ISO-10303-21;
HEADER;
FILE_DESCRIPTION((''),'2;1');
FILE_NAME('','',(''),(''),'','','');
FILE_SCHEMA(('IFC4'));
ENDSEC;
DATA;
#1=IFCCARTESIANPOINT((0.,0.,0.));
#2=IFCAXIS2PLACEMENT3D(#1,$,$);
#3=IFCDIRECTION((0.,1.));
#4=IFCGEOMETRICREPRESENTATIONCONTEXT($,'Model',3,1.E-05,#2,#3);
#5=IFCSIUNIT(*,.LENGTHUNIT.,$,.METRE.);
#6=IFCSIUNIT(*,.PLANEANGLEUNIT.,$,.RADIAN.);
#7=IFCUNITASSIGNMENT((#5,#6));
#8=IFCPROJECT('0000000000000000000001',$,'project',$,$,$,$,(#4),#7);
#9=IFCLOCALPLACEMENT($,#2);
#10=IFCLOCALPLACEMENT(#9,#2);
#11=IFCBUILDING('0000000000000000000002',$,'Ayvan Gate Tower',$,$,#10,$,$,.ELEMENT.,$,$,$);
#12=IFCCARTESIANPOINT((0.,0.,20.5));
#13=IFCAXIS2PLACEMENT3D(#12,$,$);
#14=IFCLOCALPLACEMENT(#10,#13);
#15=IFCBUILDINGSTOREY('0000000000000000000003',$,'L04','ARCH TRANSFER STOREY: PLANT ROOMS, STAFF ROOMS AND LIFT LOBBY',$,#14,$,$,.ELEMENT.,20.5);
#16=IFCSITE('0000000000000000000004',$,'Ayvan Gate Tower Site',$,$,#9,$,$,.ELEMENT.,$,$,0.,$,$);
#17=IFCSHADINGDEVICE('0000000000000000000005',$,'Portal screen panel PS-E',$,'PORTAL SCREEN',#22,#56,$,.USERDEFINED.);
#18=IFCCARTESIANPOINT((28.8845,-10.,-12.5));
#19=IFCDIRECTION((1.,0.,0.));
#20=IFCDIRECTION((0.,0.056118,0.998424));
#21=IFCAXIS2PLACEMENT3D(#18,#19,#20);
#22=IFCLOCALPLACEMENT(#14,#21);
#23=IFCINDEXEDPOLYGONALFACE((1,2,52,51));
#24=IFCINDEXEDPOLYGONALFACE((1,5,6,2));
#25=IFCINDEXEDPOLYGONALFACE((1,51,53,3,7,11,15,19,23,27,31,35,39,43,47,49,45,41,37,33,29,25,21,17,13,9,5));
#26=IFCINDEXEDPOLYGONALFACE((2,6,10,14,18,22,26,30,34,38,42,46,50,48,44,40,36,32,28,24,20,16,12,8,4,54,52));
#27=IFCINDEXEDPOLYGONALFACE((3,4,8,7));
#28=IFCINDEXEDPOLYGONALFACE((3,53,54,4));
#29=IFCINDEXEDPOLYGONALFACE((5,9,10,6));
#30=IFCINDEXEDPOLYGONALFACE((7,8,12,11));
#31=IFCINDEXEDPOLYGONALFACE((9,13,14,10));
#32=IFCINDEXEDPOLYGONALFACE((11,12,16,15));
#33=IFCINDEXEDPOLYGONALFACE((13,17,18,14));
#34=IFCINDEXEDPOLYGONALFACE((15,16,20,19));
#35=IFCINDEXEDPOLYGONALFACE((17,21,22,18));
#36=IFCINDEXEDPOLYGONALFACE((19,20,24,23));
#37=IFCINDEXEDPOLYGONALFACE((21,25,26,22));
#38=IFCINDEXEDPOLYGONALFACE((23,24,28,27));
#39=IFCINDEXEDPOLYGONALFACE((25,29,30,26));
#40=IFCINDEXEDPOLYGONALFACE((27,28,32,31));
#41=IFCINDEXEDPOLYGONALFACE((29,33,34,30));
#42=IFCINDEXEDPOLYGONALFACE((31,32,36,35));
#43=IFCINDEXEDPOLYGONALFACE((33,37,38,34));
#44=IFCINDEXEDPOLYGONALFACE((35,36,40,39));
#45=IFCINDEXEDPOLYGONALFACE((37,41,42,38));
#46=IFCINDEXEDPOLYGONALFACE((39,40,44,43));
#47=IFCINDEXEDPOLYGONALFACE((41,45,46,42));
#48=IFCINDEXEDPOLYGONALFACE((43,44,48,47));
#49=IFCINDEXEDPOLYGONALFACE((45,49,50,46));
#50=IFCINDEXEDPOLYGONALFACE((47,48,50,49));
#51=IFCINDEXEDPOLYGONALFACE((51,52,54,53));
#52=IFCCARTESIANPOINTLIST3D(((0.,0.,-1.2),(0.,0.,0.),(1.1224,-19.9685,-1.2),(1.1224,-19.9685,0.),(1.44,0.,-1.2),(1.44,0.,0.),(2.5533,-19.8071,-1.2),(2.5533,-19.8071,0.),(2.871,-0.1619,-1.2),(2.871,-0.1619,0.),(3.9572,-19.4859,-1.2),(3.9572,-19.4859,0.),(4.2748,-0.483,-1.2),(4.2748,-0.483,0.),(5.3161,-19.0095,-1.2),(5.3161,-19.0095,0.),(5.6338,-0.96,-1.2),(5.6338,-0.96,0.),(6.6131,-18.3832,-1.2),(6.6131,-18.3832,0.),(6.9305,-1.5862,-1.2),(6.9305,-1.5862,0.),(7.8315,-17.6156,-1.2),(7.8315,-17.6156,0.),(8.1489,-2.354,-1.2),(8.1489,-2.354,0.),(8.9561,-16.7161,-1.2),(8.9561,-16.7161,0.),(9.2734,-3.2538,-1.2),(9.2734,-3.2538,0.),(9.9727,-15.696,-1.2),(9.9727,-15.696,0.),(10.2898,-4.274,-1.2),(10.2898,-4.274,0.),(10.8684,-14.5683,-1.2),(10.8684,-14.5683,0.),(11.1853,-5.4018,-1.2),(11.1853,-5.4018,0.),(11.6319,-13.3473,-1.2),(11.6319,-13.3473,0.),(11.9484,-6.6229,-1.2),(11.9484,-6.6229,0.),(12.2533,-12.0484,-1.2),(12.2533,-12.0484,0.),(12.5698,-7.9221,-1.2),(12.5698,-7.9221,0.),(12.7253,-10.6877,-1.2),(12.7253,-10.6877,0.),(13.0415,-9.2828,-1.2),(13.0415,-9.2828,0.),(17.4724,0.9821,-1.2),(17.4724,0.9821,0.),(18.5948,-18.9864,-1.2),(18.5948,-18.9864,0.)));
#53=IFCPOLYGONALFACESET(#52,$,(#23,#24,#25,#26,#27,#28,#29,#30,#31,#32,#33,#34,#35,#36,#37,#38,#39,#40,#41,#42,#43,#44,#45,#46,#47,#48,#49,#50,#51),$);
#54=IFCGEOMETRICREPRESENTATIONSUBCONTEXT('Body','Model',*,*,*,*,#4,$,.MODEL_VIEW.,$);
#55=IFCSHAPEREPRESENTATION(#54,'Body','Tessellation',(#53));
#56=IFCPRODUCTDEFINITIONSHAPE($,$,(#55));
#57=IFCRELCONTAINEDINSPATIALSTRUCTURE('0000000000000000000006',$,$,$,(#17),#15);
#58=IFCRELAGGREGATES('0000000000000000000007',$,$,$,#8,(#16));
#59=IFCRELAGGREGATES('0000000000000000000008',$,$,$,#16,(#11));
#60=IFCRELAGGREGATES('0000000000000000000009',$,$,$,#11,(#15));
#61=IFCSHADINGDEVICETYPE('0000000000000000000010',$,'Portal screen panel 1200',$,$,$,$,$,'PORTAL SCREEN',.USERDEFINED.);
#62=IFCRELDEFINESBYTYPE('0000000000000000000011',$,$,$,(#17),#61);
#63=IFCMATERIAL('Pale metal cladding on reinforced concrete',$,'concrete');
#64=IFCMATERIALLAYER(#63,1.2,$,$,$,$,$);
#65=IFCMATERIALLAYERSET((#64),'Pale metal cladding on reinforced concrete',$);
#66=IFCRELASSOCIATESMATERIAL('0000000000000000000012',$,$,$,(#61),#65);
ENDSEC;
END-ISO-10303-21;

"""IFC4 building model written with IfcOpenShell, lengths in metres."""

from ifc_helpers import new_model, si_unit, direction, frame, origin, place, context, subcontext, project, spatial, polyline, outline, extrude, material, layer, layer_set, type_object, element, save


model = new_model("IFC4")

# Units and contexts
model_context = context("Model", 3, precision=1e-05, world=origin(), true_north=direction((0.0, 1.0)))
body_context = subcontext(model_context, "Body", "Model", "MODEL_VIEW")
ifc_project = project(units=[si_unit("LENGTHUNIT", "METRE"), si_unit("PLANEANGLEUNIT", "RADIAN")], contexts=[model_context])

# Site, building, storey
site_placement = place(None, origin())
site = spatial("IfcSite", under=ifc_project, at=site_placement, Name="Ayvan Gate Tower Site", CompositionType="ELEMENT", RefElevation=0.0)
building_placement = place(site_placement, origin())
building = spatial("IfcBuilding", under=site, at=building_placement, Name="Ayvan Gate Tower", CompositionType="ELEMENT")
storey_placement = place(building_placement, frame((0.0, 0.0, 20.5)))
storey = spatial("IfcBuildingStorey", under=building, at=storey_placement, Name="L04", Description="ARCH TRANSFER STOREY: PLANT ROOMS, STAFF ROOMS AND LIFT LOBBY", CompositionType="ELEMENT", Elevation=20.5)

# Shading device
ifc_material_1 = material(Name="Pale metal cladding on reinforced concrete", Category="concrete")
ifc_layer_1 = layer(ifc_material_1, 1.2)
ifc_layer_set_1 = layer_set([ifc_layer_1], Name="Pale metal cladding on reinforced concrete")
shading_device_type = type_object("IfcShadingDeviceType", Name="Portal screen panel 1200", ElementType="PORTAL SCREEN", PredefinedType="USERDEFINED", material=ifc_layer_set_1)
shading_device_placement = place(storey_placement, frame((28.8845, -10.0, -12.5), z_axis=(1.0, 0.0, 0.0), x_axis=(0.0, 0.056118, 0.998424)))
element("IfcShadingDevice", 1, at=shading_device_placement, inside=storey, type_object=shading_device_type, Name="Portal screen panel PS-E", ObjectType="PORTAL SCREEN", PredefinedType="USERDEFINED", context=body_context, shape_type="SweptSolid", body=[
    extrude(outline(polyline([(0.0, 0.0), (1.44, 0.0), (2.871, -0.1619), (4.2748, -0.483), (5.6338, -0.96), (6.9305, -1.5862), (8.1489, -2.354), (9.2734, -3.2538), (10.2898, -4.274), (11.1853, -5.4018), (11.9484, -6.6229), (12.5698, -7.9221), (13.0415, -9.2828), (12.7253, -10.6877), (12.2533, -12.0484), (11.6319, -13.3473), (10.8684, -14.5683), (9.9727, -15.696), (8.9561, -16.7161), (7.8315, -17.6156), (6.6131, -18.3832), (5.3161, -19.0095), (3.9572, -19.4859), (2.5533, -19.8071), (1.1224, -19.9685), (18.5948, -18.9864), (17.4724, 0.9821), (0.0, 0.0)])), origin(), (0.0, 0.0, -1.0), 1.2),
])

save(model, "model.ifc")
